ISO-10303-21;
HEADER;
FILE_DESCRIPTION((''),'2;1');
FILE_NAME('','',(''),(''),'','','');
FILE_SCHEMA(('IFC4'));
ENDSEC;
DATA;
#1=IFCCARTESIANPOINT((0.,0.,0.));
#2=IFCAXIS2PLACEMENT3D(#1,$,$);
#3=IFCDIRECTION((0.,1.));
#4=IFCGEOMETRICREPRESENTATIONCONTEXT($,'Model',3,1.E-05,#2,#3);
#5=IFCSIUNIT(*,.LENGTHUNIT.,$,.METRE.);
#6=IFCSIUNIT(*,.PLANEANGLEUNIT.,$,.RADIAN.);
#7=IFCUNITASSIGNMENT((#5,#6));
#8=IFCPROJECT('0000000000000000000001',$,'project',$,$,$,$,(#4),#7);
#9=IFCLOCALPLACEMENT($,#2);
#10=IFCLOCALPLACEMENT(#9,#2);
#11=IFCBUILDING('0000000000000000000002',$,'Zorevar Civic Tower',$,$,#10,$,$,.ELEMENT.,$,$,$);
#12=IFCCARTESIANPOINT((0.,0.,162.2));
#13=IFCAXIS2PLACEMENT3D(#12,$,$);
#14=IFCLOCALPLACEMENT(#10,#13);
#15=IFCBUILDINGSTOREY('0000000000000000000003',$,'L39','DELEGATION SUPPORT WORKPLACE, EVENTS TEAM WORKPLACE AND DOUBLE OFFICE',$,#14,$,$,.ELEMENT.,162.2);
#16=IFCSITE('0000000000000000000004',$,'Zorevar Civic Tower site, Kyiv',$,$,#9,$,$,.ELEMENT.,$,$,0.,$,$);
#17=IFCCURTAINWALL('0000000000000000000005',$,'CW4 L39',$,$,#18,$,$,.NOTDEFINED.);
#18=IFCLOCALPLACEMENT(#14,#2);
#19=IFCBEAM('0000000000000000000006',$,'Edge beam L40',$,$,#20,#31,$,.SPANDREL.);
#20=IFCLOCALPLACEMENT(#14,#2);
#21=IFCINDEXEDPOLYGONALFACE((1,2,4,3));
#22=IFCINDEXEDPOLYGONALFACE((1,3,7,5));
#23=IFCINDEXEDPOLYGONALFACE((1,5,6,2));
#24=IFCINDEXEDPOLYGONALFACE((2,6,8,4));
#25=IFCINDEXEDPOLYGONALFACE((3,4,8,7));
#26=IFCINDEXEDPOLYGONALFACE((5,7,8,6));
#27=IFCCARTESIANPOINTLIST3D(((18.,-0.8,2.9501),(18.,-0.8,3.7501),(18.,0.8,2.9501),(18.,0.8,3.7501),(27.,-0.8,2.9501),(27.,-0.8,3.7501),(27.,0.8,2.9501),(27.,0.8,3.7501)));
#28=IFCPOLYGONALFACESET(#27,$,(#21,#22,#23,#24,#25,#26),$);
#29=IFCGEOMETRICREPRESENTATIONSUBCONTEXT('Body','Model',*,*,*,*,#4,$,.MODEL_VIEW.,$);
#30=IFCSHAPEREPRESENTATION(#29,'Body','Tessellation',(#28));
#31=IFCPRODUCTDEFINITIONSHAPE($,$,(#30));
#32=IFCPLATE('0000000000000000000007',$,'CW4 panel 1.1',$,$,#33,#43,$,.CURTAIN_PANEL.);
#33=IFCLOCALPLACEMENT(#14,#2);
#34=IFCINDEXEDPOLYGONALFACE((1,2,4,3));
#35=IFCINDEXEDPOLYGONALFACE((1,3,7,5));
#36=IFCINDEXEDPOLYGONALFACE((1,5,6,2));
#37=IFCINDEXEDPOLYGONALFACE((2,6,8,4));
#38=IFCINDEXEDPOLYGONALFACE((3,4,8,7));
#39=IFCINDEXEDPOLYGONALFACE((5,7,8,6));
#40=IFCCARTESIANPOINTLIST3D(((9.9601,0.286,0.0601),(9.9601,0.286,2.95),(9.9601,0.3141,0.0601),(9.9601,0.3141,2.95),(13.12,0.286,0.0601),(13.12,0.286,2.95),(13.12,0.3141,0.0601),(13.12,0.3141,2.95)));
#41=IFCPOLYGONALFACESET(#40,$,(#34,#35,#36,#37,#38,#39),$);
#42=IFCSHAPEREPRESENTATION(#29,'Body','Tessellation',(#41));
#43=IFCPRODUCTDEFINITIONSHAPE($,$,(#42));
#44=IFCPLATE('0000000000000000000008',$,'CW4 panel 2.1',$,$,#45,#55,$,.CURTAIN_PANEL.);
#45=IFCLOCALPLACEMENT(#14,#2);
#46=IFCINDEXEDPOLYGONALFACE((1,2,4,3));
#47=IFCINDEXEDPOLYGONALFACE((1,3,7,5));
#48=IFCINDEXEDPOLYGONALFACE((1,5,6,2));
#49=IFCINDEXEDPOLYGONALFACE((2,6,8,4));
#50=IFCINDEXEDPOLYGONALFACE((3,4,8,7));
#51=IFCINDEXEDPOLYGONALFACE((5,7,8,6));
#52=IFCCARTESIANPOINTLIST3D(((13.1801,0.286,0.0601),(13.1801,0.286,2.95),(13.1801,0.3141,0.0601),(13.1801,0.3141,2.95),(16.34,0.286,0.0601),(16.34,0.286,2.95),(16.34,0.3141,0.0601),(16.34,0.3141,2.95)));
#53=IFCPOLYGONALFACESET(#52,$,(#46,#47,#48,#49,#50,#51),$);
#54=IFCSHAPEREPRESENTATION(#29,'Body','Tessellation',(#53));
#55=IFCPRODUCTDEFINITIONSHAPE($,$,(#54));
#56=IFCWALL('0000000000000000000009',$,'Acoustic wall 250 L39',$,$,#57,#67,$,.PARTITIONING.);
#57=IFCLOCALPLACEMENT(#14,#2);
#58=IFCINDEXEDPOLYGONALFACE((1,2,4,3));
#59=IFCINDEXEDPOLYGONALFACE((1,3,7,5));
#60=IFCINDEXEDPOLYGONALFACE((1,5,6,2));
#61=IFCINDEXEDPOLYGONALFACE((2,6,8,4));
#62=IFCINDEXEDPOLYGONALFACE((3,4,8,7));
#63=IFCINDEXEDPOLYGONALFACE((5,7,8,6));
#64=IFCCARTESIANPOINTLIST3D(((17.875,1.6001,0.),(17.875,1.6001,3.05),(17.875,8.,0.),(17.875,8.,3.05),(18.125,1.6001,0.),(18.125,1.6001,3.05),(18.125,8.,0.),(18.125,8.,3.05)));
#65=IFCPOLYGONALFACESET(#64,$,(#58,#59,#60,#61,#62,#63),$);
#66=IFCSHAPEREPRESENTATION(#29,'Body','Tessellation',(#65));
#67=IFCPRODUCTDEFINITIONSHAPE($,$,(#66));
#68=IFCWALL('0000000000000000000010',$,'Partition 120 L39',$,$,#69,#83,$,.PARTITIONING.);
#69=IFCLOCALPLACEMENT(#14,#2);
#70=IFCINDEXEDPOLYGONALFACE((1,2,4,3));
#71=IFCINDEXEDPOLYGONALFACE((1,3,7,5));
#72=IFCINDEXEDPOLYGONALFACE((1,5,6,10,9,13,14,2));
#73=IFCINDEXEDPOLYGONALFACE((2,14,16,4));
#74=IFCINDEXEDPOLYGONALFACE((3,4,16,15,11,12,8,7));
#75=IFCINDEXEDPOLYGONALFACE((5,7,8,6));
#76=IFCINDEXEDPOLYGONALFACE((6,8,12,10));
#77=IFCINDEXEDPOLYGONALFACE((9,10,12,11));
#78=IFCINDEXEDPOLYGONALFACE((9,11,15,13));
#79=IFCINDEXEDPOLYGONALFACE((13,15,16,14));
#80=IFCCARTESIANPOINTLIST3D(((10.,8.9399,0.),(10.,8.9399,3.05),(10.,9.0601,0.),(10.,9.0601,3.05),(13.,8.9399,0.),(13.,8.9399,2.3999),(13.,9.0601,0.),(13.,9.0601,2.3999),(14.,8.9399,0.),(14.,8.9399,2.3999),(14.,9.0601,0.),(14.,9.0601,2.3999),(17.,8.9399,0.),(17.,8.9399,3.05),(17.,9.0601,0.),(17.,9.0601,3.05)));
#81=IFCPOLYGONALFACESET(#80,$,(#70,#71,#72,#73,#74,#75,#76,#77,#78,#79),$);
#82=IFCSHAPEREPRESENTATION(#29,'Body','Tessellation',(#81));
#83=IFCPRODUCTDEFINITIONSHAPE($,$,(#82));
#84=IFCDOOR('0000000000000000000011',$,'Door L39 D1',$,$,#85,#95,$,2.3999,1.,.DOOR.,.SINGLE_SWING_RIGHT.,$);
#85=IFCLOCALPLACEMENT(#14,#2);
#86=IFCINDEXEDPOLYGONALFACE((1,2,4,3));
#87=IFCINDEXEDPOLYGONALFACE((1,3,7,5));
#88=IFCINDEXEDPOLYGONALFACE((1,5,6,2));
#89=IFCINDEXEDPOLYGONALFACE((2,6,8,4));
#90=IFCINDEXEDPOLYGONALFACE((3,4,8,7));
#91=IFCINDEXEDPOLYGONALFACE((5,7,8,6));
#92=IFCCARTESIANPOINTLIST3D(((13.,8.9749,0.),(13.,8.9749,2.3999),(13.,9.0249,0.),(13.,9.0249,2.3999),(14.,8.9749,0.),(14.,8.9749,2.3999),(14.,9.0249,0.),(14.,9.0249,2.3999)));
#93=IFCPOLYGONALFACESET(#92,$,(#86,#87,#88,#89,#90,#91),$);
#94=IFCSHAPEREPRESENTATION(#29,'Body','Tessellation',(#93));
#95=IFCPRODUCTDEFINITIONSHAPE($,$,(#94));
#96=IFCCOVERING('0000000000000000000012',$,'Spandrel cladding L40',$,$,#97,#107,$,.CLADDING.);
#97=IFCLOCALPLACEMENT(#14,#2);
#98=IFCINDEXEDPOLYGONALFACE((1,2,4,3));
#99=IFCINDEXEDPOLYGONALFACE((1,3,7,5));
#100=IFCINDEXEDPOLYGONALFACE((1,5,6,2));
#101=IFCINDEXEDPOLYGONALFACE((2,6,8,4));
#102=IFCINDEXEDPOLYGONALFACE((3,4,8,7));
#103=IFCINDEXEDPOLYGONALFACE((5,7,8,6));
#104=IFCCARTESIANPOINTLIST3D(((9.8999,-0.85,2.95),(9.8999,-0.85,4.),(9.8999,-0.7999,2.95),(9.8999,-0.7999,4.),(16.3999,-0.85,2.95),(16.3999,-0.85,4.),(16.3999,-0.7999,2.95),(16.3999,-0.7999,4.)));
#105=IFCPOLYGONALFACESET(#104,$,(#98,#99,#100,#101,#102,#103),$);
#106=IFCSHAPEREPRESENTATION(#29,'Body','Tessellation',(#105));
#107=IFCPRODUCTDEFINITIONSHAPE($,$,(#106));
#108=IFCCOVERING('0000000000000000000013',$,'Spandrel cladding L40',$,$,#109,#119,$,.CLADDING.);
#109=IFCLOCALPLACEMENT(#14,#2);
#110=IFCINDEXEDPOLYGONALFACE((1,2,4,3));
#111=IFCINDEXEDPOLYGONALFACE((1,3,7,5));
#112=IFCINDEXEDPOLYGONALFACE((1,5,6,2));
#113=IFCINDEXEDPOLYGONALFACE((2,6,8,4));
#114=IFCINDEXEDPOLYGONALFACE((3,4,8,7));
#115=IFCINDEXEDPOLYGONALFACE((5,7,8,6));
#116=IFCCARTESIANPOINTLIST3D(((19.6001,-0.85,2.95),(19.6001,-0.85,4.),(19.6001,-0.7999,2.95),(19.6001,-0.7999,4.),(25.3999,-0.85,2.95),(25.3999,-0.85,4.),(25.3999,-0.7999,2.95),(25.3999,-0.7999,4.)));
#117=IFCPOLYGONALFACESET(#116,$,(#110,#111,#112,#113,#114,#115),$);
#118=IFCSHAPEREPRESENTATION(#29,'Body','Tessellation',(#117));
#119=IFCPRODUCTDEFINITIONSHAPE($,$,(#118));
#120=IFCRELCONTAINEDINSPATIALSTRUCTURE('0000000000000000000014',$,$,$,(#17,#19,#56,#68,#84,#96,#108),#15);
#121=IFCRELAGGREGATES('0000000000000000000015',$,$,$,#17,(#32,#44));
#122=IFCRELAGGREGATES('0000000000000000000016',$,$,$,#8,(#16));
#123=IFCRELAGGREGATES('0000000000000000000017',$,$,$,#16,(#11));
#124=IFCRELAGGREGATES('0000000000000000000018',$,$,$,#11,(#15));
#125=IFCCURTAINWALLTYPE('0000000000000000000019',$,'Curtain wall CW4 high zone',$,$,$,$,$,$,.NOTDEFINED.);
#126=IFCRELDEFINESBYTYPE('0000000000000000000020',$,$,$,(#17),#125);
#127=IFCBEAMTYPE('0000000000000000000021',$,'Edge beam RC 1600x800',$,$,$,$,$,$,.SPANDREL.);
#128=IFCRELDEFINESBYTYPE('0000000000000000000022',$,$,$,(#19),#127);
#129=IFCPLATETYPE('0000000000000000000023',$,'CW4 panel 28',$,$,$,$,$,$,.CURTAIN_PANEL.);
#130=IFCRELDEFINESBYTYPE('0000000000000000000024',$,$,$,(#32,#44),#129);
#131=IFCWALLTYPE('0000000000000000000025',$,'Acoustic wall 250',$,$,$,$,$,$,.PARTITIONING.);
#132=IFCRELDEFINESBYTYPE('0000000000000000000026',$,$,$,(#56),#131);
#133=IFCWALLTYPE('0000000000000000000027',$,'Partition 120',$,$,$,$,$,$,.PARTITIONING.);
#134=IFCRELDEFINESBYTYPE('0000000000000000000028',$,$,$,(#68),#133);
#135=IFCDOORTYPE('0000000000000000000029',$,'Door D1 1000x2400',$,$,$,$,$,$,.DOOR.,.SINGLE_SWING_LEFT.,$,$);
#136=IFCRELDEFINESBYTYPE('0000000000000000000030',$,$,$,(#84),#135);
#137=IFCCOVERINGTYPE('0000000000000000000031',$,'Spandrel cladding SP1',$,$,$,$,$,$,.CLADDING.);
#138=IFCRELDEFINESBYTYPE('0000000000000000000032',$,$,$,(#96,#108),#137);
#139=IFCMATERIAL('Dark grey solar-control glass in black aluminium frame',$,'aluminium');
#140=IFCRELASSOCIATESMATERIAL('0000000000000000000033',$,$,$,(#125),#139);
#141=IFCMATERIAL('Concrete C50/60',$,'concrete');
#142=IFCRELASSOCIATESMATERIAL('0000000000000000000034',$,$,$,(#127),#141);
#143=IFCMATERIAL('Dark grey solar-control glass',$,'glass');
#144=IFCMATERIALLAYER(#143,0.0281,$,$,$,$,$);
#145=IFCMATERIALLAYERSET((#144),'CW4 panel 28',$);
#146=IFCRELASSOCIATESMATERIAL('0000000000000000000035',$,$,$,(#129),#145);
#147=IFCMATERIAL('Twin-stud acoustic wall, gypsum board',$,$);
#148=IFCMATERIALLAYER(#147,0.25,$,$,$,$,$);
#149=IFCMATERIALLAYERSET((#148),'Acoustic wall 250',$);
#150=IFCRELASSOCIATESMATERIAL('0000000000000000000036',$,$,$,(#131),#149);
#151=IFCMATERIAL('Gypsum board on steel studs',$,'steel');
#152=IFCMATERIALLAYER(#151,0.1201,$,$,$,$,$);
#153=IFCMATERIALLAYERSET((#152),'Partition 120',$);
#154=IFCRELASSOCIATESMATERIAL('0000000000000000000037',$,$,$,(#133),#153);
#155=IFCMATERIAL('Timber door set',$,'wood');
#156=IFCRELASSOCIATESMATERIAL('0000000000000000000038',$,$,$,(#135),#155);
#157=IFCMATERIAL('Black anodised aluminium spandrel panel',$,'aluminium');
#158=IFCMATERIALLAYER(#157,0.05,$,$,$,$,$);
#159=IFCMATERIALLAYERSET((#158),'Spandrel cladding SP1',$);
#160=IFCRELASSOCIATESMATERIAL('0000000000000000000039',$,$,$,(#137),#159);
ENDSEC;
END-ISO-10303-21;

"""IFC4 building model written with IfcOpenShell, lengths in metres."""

from ifc_helpers import new_model, si_unit, direction, frame, frame_2d, origin, origin_2d, place, context, subcontext, project, spatial, rectangle, extrude, material, layer, layer_set, material_profile, profile_set, type_object, element, fill, aggregate, save


model = new_model("IFC4")

# Units and contexts
model_context = context("Model", 3, precision=1e-05, world=origin(), true_north=direction((0.0, 1.0)))
body_context = subcontext(model_context, "Body", "Model", "MODEL_VIEW")
ifc_project = project(units=[si_unit("LENGTHUNIT", "METRE"), si_unit("PLANEANGLEUNIT", "RADIAN")], contexts=[model_context])

# Site, building, storey
site_placement = place(None, origin())
site = spatial("IfcSite", under=ifc_project, at=site_placement, Name="Zorevar Civic Tower site, Kyiv", CompositionType="ELEMENT", RefElevation=0.0)
building_placement = place(site_placement, origin())
building = spatial("IfcBuilding", under=site, at=building_placement, Name="Zorevar Civic Tower", CompositionType="ELEMENT")
storey_placement = place(building_placement, frame((0.0, 0.0, 162.2)))
storey = spatial("IfcBuildingStorey", under=building, at=storey_placement, Name="L39", Description="DELEGATION SUPPORT WORKPLACE, EVENTS TEAM WORKPLACE AND DOUBLE OFFICE", CompositionType="ELEMENT", Elevation=162.2)

# Curtain wall
ifc_material_1 = material(Name="Dark grey solar-control glass in black aluminium frame", Category="aluminium")
curtain_wall_type = type_object("IfcCurtainWallType", Name="Curtain wall CW4 high zone", PredefinedType="NOTDEFINED", material=ifc_material_1)
curtain_wall_placement = place(storey_placement, origin())
curtain_wall = element("IfcCurtainWall", 1, at=curtain_wall_placement, inside=storey, type_object=curtain_wall_type, Name="CW4 L39", PredefinedType="NOTDEFINED")

# Beam
ifc_material_2 = material(Name="Concrete C50/60", Category="concrete")
ifc_material_profile_1 = material_profile(ifc_material_2, rectangle(XDim=1.6001, YDim=0.8, at=origin_2d()), Name="RC 1600x800")
ifc_profile_set_1 = profile_set([ifc_material_profile_1], Name="Concrete C50/60")
beam_type_1 = type_object("IfcBeamType", Name="Edge beam RC 1600x800", PredefinedType="SPANDREL", material=ifc_profile_set_1)
beam_1_placement = place(storey_placement, frame((18.0, 0.0, 3.3501), z_axis=(1.0, 0.0, 0.0), x_axis=(0.0, 1.0, 0.0)))
element("IfcBeam", 2, at=beam_1_placement, inside=storey, type_object=beam_type_1, Name="Edge beam L40", PredefinedType="SPANDREL", context=body_context, shape_type="SweptSolid", body=[
    extrude(rectangle(XDim=1.6001, YDim=0.8, at=origin_2d()), origin(), (0.0, 0.0, 1.0), 9.0),
])

# Plates
ifc_material_3 = material(Name="Dark grey solar-control glass", Category="glass")
ifc_layer_1 = layer(ifc_material_3, 0.0281)
ifc_layer_set_1 = layer_set([ifc_layer_1], Name="CW4 panel 28")
plate_type = type_object("IfcPlateType", Name="CW4 panel 28", PredefinedType="CURTAIN_PANEL", material=ifc_layer_set_1)
plate_1_placement = place(storey_placement, frame((11.54, 0.3, 0.0601), z_axis=(0.0, 0.0, 1.0), x_axis=(1.0, 0.0, 0.0)))
plate_1 = element("IfcPlate", 3, at=plate_1_placement, type_object=plate_type, Name="CW4 panel 1.1", PredefinedType="CURTAIN_PANEL", context=body_context, shape_type="SweptSolid", body=[
    extrude(rectangle(XDim=3.1599, YDim=0.0281, at=origin_2d()), origin(), (0.0, 0.0, 1.0), 2.8899),
])
plate_2_placement = place(storey_placement, frame((14.76, 0.3, 0.0601), z_axis=(0.0, 0.0, 1.0), x_axis=(1.0, 0.0, 0.0)))
plate_2 = element("IfcPlate", 4, at=plate_2_placement, type_object=plate_type, Name="CW4 panel 2.1", PredefinedType="CURTAIN_PANEL", context=body_context, shape_type="SweptSolid", body=[
    extrude(rectangle(XDim=3.1599, YDim=0.0281, at=origin_2d()), origin(), (0.0, 0.0, 1.0), 2.8899),
])
aggregate(curtain_wall, [plate_1, plate_2])

# Shared definitions
ifc_material_4 = material(Name="Twin-stud acoustic wall, gypsum board")
ifc_layer_2 = layer(ifc_material_4, 0.25)
ifc_layer_set_2 = layer_set([ifc_layer_2], Name="Acoustic wall 250")
wall_type_1 = type_object("IfcWallType", Name="Acoustic wall 250", PredefinedType="PARTITIONING", material=ifc_layer_set_2)

# Wall
wall_1_placement = place(storey_placement, frame((18.0, 1.6001, 0.0), z_axis=(0.0, 0.0, 1.0), x_axis=(0.0, 1.0, 0.0)))
element("IfcWall", 5, at=wall_1_placement, inside=storey, type_object=wall_type_1, Name="Acoustic wall 250 L39", PredefinedType="PARTITIONING", context=body_context, shape_type="SweptSolid", body=[
    extrude(rectangle(XDim=6.3999, YDim=0.25, at=frame_2d((3.2, 0.0))), origin(), (0.0, 0.0, 1.0), 3.05),
])

# Wall, opening, door
ifc_material_5 = material(Name="Gypsum board on steel studs", Category="steel")
ifc_layer_3 = layer(ifc_material_5, 0.1201)
ifc_layer_set_3 = layer_set([ifc_layer_3], Name="Partition 120")
wall_type_2 = type_object("IfcWallType", Name="Partition 120", PredefinedType="PARTITIONING", material=ifc_layer_set_3)
wall_2_placement = place(storey_placement, frame((10.0, 9.0, 0.0), z_axis=(0.0, 0.0, 1.0), x_axis=(1.0, 0.0, 0.0)))
wall_2 = element("IfcWall", 6, at=wall_2_placement, inside=storey, type_object=wall_type_2, Name="Partition 120 L39", PredefinedType="PARTITIONING", context=body_context, shape_type="SweptSolid", body=[
    extrude(rectangle(XDim=7.0, YDim=0.1201, at=frame_2d((3.5, 0.0))), origin(), (0.0, 0.0, 1.0), 3.05),
])
opening_1_placement = place(wall_2_placement, frame((3.0, 0.0, 0.0)))
opening_1 = element("IfcOpeningElement", 7, at=opening_1_placement, cuts=wall_2, PredefinedType="OPENING", context=body_context, shape_type="SweptSolid", body=[
    extrude(rectangle(XDim=1.0, YDim=2.3999, at=frame_2d((0.5, 1.2))), frame((0.0, 0.0701, 0.0), z_axis=(0.0, -1.0, 0.0), x_axis=(1.0, 0.0, 0.0)), (0.0, 0.0, 1.0), 0.1401),
])
ifc_material_6 = material(Name="Timber door set", Category="wood")
door_type_1 = type_object("IfcDoorType", Name="Door D1 1000x2400", OperationType="SINGLE_SWING_LEFT", PredefinedType="DOOR", material=ifc_material_6)
door_1_placement = place(opening_1_placement, origin())
door_1 = element("IfcDoor", 8, at=door_1_placement, inside=storey, type_object=door_type_1, Name="Door L39 D1", OperationType="SINGLE_SWING_RIGHT", OverallHeight=2.3999, OverallWidth=1.0, PredefinedType="DOOR", context=body_context, shape_type="SweptSolid", body=[
    extrude(rectangle(XDim=1.0, YDim=2.3999, at=frame_2d((0.5, 1.2))), frame((0.0, 0.0249, 0.0), z_axis=(0.0, -1.0, 0.0), x_axis=(1.0, 0.0, 0.0)), (0.0, 0.0, 1.0), 0.05),
])
fill(opening_1, door_1)

# Coverings
ifc_material_7 = material(Name="Black anodised aluminium spandrel panel", Category="aluminium")
ifc_layer_4 = layer(ifc_material_7, 0.05)
ifc_layer_set_4 = layer_set([ifc_layer_4], Name="Spandrel cladding SP1")
covering_type = type_object("IfcCoveringType", Name="Spandrel cladding SP1", PredefinedType="CLADDING", material=ifc_layer_set_4)
covering_1_placement = place(storey_placement, frame((9.8999, -0.825, 2.95), z_axis=(0.0, 0.0, 1.0), x_axis=(1.0, 0.0, 0.0)))
element("IfcCovering", 9, at=covering_1_placement, inside=storey, type_object=covering_type, Name="Spandrel cladding L40", PredefinedType="CLADDING", context=body_context, shape_type="SweptSolid", body=[
    extrude(rectangle(XDim=6.5, YDim=0.05, at=frame_2d((3.25, 0.0))), origin(), (0.0, 0.0, 1.0), 1.05),
])
covering_2_placement = place(storey_placement, frame((19.6001, -0.825, 2.95), z_axis=(0.0, 0.0, 1.0), x_axis=(1.0, 0.0, 0.0)))
element("IfcCovering", 10, at=covering_2_placement, inside=storey, type_object=covering_type, Name="Spandrel cladding L40", PredefinedType="CLADDING", context=body_context, shape_type="SweptSolid", body=[
    extrude(rectangle(XDim=5.7998, YDim=0.05, at=frame_2d((2.8999, 0.0))), origin(), (0.0, 0.0, 1.0), 1.05),
])

save(model, "model.ifc")
